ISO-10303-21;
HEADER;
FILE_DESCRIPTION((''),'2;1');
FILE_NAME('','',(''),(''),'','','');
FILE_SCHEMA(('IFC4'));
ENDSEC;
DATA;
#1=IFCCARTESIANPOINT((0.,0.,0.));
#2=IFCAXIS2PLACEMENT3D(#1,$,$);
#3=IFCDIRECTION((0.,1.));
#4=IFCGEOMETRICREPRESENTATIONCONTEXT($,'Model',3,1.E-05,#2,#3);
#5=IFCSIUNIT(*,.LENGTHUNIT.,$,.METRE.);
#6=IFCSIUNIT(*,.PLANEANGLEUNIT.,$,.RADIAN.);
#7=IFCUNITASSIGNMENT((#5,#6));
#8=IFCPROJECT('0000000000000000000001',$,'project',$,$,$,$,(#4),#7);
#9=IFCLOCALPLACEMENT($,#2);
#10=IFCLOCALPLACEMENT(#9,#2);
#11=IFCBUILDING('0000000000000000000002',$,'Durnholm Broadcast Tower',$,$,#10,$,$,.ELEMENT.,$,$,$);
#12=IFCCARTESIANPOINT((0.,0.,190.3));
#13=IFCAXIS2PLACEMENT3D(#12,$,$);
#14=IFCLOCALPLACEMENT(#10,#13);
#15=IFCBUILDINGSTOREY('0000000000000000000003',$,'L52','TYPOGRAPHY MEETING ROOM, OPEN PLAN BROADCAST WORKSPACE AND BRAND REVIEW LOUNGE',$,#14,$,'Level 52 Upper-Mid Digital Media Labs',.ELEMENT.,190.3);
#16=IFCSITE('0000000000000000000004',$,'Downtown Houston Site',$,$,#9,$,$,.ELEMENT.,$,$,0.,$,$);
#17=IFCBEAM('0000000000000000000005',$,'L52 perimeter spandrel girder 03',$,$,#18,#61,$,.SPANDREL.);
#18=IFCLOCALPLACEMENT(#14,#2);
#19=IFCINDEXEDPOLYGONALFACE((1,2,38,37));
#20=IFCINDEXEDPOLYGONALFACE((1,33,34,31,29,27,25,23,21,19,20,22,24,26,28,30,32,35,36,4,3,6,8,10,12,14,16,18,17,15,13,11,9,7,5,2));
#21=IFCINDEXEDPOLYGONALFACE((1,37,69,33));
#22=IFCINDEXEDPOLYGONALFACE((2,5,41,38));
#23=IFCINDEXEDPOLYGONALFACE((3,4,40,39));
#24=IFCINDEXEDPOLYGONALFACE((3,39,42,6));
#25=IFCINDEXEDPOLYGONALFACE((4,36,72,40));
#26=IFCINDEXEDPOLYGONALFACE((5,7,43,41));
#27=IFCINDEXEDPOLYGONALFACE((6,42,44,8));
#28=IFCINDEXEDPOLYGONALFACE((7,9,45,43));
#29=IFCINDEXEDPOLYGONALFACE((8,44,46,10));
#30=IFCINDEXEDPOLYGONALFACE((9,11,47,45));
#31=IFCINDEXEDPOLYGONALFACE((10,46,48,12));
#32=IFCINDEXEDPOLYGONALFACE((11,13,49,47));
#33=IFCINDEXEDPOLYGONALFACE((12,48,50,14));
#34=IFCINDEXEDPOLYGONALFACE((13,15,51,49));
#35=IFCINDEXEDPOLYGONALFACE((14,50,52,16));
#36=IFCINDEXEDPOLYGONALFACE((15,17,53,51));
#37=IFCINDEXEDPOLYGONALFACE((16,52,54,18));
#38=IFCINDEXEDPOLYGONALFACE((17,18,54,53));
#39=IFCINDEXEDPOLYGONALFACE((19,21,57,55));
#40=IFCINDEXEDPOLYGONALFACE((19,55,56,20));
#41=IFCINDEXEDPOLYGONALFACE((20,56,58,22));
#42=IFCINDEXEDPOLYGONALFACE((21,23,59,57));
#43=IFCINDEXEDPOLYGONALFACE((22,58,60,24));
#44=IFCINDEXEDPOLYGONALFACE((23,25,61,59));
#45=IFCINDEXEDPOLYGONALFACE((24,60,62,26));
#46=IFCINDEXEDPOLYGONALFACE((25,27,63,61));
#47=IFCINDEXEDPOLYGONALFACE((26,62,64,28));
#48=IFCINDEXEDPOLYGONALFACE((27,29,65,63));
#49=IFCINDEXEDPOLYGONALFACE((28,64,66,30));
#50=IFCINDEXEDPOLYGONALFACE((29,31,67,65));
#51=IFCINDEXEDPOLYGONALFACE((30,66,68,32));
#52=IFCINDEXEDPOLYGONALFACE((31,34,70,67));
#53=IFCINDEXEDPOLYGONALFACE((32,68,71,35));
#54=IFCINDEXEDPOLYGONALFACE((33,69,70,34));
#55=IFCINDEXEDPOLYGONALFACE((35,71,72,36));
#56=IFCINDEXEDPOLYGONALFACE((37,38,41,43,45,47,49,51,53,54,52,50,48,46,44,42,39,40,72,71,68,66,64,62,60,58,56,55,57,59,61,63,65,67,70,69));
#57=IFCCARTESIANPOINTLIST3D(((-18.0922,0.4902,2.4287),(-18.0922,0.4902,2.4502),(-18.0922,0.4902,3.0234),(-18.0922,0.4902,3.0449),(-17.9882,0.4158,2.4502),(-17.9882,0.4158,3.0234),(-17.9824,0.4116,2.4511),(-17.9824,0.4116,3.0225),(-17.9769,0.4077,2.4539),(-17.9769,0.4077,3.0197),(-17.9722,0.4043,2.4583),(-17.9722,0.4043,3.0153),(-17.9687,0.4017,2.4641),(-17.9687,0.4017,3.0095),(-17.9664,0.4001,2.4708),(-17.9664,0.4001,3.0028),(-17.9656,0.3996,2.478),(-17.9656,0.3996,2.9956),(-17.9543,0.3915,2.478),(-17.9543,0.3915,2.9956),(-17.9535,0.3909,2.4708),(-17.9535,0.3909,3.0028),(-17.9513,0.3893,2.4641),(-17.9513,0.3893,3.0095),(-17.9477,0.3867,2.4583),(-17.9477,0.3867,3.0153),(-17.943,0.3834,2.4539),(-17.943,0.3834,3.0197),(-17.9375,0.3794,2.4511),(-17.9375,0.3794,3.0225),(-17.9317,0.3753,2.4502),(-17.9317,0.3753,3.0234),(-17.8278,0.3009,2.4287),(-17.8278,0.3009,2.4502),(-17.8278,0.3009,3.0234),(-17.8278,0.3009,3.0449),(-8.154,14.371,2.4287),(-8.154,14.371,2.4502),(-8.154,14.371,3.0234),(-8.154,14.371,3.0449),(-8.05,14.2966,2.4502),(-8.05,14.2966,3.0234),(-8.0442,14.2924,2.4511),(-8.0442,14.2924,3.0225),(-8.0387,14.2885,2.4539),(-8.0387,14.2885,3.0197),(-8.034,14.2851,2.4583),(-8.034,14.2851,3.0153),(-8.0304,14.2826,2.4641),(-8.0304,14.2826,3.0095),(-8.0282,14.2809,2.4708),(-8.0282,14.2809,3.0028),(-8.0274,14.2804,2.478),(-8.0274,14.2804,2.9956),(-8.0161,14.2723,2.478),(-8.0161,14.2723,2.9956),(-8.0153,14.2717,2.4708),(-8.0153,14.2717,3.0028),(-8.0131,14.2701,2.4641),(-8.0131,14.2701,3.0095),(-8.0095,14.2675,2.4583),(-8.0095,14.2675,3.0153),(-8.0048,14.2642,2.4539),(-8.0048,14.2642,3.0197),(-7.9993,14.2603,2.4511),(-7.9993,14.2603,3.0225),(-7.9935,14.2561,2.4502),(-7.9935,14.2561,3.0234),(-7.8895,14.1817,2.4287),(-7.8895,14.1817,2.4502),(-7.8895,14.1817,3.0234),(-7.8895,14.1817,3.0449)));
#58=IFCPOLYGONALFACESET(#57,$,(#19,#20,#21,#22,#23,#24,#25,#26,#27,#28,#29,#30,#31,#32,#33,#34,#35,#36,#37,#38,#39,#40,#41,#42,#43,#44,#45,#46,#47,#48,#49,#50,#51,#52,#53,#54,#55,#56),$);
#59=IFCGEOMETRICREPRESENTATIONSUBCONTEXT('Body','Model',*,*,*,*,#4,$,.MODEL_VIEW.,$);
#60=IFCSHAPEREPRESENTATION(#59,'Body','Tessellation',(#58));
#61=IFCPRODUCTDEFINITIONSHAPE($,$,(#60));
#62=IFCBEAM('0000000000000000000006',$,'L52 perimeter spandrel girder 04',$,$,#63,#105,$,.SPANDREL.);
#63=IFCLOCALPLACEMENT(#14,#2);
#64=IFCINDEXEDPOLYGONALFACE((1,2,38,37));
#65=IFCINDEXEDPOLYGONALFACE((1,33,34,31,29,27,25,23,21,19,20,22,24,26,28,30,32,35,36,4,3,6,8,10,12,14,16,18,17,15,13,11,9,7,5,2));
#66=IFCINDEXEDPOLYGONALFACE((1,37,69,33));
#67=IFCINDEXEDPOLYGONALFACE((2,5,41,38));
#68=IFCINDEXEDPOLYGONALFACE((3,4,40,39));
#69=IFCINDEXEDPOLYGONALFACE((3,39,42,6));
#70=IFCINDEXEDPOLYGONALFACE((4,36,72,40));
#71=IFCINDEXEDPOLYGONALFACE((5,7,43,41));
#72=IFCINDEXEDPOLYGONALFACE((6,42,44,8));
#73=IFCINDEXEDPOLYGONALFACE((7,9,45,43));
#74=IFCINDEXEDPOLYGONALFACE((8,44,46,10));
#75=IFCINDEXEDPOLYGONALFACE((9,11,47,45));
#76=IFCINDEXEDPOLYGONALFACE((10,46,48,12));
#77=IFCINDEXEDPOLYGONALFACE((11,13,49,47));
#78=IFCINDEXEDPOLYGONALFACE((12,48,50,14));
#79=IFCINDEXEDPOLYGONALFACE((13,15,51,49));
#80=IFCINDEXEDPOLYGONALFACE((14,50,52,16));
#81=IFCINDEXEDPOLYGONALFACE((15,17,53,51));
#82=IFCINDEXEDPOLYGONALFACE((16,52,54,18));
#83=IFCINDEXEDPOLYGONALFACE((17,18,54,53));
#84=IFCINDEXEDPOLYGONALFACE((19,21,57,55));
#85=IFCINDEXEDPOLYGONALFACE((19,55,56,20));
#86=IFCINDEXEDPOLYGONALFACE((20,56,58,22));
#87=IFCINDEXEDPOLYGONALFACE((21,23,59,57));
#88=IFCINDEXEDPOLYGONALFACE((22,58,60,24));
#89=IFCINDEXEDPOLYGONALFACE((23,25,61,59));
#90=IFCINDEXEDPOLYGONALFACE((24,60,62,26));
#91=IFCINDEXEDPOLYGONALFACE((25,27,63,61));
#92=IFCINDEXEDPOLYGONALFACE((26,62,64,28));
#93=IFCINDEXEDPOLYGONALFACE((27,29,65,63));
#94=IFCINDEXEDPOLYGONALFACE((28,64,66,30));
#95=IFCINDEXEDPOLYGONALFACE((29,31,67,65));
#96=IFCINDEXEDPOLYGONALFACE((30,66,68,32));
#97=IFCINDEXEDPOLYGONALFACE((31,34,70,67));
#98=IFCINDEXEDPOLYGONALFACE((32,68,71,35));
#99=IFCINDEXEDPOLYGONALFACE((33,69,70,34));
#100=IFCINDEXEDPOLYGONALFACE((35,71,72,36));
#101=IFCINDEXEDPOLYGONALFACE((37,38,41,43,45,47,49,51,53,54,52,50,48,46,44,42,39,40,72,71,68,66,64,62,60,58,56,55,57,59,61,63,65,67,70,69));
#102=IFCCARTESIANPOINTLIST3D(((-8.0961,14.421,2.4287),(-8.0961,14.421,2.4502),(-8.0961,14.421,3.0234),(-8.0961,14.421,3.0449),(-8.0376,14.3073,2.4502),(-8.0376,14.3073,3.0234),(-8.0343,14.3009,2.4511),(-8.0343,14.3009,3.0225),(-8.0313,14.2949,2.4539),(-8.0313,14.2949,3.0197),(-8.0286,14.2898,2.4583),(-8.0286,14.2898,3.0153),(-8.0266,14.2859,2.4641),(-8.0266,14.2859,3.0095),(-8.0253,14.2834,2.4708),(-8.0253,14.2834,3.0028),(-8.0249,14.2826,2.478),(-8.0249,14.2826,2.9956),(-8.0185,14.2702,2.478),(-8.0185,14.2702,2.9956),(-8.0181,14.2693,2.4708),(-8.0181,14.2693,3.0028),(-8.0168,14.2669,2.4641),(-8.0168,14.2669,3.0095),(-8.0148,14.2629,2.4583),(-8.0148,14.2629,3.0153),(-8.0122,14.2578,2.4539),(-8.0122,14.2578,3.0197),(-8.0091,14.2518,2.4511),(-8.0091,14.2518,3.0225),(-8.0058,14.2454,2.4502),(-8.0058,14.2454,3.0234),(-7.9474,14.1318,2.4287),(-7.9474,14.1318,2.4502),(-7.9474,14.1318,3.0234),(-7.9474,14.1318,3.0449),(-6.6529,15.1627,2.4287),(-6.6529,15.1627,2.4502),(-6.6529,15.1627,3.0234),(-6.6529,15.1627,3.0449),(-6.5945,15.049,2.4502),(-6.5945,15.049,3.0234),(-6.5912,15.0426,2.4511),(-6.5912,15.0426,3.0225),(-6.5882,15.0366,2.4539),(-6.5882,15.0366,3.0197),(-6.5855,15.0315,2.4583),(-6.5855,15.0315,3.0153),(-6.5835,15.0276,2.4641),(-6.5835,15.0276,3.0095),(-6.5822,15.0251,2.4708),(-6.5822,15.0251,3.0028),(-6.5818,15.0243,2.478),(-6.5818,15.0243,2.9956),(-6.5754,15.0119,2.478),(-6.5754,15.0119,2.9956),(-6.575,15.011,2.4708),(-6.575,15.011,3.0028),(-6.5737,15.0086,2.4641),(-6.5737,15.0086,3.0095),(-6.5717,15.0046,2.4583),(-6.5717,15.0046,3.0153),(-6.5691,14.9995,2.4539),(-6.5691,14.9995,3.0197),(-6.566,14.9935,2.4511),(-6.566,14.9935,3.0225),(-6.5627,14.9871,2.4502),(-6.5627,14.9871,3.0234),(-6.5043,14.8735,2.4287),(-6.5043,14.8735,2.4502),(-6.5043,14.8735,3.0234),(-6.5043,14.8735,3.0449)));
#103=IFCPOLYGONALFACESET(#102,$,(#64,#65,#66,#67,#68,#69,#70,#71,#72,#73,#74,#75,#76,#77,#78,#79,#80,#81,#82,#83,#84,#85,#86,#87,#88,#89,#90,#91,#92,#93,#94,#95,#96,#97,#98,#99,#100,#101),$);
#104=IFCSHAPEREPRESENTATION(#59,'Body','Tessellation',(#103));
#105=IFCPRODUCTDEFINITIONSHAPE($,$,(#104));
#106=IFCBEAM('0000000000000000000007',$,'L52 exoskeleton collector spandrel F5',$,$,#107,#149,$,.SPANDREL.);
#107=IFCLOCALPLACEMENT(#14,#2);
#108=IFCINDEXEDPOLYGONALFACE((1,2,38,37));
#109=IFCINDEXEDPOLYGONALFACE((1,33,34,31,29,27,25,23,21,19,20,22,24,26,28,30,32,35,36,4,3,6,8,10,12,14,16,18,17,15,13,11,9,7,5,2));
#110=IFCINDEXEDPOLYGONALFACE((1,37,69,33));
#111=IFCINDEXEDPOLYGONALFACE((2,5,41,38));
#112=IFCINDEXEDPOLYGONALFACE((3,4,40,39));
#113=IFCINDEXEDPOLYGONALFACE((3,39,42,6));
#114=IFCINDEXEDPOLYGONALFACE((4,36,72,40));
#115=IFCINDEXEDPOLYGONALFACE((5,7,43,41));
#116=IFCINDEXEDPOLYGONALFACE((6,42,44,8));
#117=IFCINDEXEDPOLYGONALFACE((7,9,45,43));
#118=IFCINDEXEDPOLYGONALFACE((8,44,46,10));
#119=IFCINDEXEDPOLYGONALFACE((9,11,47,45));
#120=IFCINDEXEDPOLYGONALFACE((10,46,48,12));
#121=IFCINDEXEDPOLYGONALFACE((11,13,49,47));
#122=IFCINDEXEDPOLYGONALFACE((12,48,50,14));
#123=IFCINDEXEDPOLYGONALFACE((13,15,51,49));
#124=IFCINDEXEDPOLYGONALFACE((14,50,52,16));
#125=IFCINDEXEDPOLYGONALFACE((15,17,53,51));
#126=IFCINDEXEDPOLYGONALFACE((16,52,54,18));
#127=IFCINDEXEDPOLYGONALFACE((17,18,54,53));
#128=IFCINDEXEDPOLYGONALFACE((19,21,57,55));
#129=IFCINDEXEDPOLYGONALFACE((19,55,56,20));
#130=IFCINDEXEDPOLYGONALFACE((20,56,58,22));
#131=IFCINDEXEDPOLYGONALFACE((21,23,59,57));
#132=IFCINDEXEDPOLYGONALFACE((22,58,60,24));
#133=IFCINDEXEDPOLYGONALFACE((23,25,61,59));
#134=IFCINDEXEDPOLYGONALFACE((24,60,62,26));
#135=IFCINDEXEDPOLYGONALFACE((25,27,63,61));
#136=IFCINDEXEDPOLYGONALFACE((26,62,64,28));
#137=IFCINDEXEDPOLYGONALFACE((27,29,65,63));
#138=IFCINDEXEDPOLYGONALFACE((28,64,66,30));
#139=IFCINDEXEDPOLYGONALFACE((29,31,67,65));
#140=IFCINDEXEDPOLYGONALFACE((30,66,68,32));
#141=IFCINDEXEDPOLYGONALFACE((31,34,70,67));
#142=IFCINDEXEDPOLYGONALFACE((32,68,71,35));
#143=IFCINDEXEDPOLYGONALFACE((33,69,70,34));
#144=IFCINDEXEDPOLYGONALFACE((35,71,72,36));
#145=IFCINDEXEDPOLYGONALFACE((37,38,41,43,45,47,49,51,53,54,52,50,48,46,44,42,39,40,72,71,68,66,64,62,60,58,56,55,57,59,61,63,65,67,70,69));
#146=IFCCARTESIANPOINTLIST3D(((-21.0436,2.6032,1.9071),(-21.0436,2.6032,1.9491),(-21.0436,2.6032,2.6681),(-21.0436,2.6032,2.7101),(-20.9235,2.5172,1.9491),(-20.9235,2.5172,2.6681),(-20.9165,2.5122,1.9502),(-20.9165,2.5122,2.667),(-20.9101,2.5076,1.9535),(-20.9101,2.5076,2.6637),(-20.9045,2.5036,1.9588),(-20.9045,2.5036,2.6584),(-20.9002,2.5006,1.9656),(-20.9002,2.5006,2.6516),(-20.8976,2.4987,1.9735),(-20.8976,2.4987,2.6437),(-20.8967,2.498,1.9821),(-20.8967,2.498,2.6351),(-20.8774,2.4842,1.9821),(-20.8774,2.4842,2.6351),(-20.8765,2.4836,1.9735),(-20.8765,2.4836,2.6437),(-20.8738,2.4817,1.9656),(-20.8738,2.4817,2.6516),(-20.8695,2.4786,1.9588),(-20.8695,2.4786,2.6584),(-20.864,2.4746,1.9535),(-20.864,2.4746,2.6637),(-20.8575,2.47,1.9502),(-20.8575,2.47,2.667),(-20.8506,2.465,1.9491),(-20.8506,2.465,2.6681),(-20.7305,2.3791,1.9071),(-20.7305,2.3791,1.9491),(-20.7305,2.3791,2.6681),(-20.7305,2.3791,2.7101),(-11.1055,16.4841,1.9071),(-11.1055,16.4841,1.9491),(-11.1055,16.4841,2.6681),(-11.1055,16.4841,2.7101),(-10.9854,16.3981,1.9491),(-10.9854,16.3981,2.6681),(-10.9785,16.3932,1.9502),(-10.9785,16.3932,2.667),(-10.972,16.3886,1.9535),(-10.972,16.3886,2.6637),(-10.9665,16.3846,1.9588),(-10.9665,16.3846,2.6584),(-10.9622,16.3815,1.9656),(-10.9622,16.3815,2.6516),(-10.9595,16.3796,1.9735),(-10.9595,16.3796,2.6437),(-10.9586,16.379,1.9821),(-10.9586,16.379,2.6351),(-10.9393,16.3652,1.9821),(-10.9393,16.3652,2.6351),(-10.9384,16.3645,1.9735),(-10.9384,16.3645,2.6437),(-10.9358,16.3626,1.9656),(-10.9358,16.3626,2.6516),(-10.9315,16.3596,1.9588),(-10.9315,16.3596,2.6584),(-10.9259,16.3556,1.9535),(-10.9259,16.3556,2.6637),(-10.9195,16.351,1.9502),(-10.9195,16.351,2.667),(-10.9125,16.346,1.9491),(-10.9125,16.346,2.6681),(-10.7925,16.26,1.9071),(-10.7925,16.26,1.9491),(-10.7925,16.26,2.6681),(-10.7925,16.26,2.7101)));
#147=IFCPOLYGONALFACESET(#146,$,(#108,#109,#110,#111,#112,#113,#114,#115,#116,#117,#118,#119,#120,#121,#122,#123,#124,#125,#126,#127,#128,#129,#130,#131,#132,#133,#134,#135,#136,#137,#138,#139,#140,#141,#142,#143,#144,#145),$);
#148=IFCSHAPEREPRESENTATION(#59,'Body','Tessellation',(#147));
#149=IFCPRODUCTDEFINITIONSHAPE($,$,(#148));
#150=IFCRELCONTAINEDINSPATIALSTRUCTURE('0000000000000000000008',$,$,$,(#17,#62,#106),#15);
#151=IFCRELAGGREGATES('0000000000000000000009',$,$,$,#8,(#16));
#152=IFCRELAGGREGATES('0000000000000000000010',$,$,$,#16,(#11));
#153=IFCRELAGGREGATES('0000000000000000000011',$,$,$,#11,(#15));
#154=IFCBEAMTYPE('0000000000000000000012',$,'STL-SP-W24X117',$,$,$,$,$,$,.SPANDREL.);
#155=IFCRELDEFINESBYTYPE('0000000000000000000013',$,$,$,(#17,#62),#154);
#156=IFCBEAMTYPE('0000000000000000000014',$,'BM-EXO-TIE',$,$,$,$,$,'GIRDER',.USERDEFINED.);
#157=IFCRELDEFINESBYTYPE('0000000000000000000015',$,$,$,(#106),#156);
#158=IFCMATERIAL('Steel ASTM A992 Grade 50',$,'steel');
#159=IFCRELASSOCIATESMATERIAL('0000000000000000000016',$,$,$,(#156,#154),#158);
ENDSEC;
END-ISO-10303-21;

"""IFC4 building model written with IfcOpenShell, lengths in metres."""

from ifc_helpers import new_model, si_unit, direction, frame, origin, origin_2d, place, context, subcontext, project, spatial, i_section, extrude, source, transform, mapped, material, material_profile, profile_set, type_object, type_shapes, element, save


model = new_model("IFC4")

# Units and contexts
model_context = context("Model", 3, precision=1e-05, world=origin(), true_north=direction((0.0, 1.0)))
body_context = subcontext(model_context, "Body", "Model", "MODEL_VIEW")
ifc_project = project(units=[si_unit("LENGTHUNIT", "METRE"), si_unit("PLANEANGLEUNIT", "RADIAN")], contexts=[model_context])

# Site, building, storey
site_placement = place(None, origin())
site = spatial("IfcSite", under=ifc_project, at=site_placement, Name="Downtown Houston Site", CompositionType="ELEMENT", RefElevation=0.0)
building_placement = place(site_placement, origin())
building = spatial("IfcBuilding", under=site, at=building_placement, Name="Durnholm Broadcast Tower", CompositionType="ELEMENT")
storey_placement = place(building_placement, frame((0.0, 0.0, 190.3)))
storey = spatial("IfcBuildingStorey", under=building, at=storey_placement, Name="L52", Description="TYPOGRAPHY MEETING ROOM, OPEN PLAN BROADCAST WORKSPACE AND BRAND REVIEW LOUNGE", LongName="Level 52 Upper-Mid Digital Media Labs", CompositionType="ELEMENT", Elevation=190.3)

# Beams
ifc_material_1 = material(Name="Steel ASTM A992 Grade 50", Category="steel")
ifc_material_profile_1 = material_profile(ifc_material_1, i_section(OverallWidth=0.385, OverallDepth=0.803, WebThickness=0.0237, FlangeThickness=0.042, FilletRadius=0.033, at=origin_2d()), Name="W30X261")
ifc_profile_set_1 = profile_set([ifc_material_profile_1], Name="Steel ASTM A992 Grade 50")
beam_type_1 = type_object("IfcBeamType", Name="BM-EXO-TIE", ElementType="GIRDER", PredefinedType="USERDEFINED", material=ifc_profile_set_1)
ifc_material_profile_2 = material_profile(ifc_material_1, i_section(OverallWidth=0.3252, OverallDepth=0.6162, WebThickness=0.0139, FlangeThickness=0.0215, FilletRadius=0.0278, at=origin_2d()), Name="W24X117")
ifc_profile_set_2 = profile_set([ifc_material_profile_2], Name="Steel ASTM A992 Grade 50")
beam_type_2 = type_object("IfcBeamType", Name="STL-SP-W24X117", PredefinedType="SPANDREL", material=ifc_profile_set_2)
shared_shape_1 = source(origin(), body_context, "Body", "SweptSolid", [
    extrude(i_section(OverallWidth=0.3252, OverallDepth=0.6162, WebThickness=0.0139, FlangeThickness=0.0215, FilletRadius=0.0278, at=origin_2d()), origin(), (0.0, 0.0, 1.0), 17.0718),
])
beam_1_placement = place(storey_placement, frame((-17.96, 0.3955, 2.7368), z_axis=(0.582143, 0.813087, 0.0), x_axis=(-0.813087, 0.582143, 0.0)))
element("IfcBeam", 1, at=beam_1_placement, inside=storey, type_object=beam_type_2, Name="L52 perimeter spandrel girder 03", PredefinedType="SPANDREL", context=body_context, shape_type="MappedRepresentation", body=[
    mapped(shared_shape_1, transform((0.0, 0.0, 0.0), x_axis=(1.0, 0.0, 0.0), y_axis=(0.0, 1.0, 0.0), z_axis=(0.0, 0.0, 1.0), scale=1.0)),
])
shared_shape_2 = source(origin(), body_context, "Body", "SweptSolid", [
    extrude(i_section(OverallWidth=0.3252, OverallDepth=0.6162, WebThickness=0.0139, FlangeThickness=0.0215, FilletRadius=0.0278, at=origin_2d()), origin(), (0.0, 0.0, 1.0), 1.6226),
])
type_shapes(beam_type_2, [shared_shape_1, shared_shape_2])
beam_2_placement = place(storey_placement, frame((-8.0217, 14.2764, 2.7368), z_axis=(0.889407, 0.457117, 0.0), x_axis=(-0.457117, 0.889407, 0.0)))
element("IfcBeam", 2, at=beam_2_placement, inside=storey, type_object=beam_type_2, Name="L52 perimeter spandrel girder 04", PredefinedType="SPANDREL", context=body_context, shape_type="MappedRepresentation", body=[
    mapped(shared_shape_2, transform((0.0, 0.0, 0.0), x_axis=(1.0, 0.0, 0.0), y_axis=(0.0, 1.0, 0.0), z_axis=(0.0, 0.0, 1.0), scale=1.0)),
])
shared_shape_3 = source(origin(), body_context, "Body", "SweptSolid", [
    extrude(i_section(OverallWidth=0.385, OverallDepth=0.803, WebThickness=0.0237, FlangeThickness=0.042, FilletRadius=0.033, at=origin_2d()), origin(), (0.0, 0.0, 1.0), 17.0718),
])
beam_3_placement = place(storey_placement, frame((-10.949, 16.3721, 2.3086), z_axis=(-0.582133, -0.813093, 0.0), x_axis=(0.813093, -0.582133, 0.0)))
element("IfcBeam", 3, at=beam_3_placement, inside=storey, type_object=beam_type_1, Name="L52 exoskeleton collector spandrel F5", PredefinedType="SPANDREL", context=body_context, shape_type="MappedRepresentation", body=[
    mapped(shared_shape_3, transform((0.0, 0.0, 0.0), x_axis=(1.0, 0.0, 0.0), y_axis=(0.0, 1.0, 0.0), z_axis=(0.0, 0.0, 1.0), scale=1.0)),
])

save(model, "model.ifc")
